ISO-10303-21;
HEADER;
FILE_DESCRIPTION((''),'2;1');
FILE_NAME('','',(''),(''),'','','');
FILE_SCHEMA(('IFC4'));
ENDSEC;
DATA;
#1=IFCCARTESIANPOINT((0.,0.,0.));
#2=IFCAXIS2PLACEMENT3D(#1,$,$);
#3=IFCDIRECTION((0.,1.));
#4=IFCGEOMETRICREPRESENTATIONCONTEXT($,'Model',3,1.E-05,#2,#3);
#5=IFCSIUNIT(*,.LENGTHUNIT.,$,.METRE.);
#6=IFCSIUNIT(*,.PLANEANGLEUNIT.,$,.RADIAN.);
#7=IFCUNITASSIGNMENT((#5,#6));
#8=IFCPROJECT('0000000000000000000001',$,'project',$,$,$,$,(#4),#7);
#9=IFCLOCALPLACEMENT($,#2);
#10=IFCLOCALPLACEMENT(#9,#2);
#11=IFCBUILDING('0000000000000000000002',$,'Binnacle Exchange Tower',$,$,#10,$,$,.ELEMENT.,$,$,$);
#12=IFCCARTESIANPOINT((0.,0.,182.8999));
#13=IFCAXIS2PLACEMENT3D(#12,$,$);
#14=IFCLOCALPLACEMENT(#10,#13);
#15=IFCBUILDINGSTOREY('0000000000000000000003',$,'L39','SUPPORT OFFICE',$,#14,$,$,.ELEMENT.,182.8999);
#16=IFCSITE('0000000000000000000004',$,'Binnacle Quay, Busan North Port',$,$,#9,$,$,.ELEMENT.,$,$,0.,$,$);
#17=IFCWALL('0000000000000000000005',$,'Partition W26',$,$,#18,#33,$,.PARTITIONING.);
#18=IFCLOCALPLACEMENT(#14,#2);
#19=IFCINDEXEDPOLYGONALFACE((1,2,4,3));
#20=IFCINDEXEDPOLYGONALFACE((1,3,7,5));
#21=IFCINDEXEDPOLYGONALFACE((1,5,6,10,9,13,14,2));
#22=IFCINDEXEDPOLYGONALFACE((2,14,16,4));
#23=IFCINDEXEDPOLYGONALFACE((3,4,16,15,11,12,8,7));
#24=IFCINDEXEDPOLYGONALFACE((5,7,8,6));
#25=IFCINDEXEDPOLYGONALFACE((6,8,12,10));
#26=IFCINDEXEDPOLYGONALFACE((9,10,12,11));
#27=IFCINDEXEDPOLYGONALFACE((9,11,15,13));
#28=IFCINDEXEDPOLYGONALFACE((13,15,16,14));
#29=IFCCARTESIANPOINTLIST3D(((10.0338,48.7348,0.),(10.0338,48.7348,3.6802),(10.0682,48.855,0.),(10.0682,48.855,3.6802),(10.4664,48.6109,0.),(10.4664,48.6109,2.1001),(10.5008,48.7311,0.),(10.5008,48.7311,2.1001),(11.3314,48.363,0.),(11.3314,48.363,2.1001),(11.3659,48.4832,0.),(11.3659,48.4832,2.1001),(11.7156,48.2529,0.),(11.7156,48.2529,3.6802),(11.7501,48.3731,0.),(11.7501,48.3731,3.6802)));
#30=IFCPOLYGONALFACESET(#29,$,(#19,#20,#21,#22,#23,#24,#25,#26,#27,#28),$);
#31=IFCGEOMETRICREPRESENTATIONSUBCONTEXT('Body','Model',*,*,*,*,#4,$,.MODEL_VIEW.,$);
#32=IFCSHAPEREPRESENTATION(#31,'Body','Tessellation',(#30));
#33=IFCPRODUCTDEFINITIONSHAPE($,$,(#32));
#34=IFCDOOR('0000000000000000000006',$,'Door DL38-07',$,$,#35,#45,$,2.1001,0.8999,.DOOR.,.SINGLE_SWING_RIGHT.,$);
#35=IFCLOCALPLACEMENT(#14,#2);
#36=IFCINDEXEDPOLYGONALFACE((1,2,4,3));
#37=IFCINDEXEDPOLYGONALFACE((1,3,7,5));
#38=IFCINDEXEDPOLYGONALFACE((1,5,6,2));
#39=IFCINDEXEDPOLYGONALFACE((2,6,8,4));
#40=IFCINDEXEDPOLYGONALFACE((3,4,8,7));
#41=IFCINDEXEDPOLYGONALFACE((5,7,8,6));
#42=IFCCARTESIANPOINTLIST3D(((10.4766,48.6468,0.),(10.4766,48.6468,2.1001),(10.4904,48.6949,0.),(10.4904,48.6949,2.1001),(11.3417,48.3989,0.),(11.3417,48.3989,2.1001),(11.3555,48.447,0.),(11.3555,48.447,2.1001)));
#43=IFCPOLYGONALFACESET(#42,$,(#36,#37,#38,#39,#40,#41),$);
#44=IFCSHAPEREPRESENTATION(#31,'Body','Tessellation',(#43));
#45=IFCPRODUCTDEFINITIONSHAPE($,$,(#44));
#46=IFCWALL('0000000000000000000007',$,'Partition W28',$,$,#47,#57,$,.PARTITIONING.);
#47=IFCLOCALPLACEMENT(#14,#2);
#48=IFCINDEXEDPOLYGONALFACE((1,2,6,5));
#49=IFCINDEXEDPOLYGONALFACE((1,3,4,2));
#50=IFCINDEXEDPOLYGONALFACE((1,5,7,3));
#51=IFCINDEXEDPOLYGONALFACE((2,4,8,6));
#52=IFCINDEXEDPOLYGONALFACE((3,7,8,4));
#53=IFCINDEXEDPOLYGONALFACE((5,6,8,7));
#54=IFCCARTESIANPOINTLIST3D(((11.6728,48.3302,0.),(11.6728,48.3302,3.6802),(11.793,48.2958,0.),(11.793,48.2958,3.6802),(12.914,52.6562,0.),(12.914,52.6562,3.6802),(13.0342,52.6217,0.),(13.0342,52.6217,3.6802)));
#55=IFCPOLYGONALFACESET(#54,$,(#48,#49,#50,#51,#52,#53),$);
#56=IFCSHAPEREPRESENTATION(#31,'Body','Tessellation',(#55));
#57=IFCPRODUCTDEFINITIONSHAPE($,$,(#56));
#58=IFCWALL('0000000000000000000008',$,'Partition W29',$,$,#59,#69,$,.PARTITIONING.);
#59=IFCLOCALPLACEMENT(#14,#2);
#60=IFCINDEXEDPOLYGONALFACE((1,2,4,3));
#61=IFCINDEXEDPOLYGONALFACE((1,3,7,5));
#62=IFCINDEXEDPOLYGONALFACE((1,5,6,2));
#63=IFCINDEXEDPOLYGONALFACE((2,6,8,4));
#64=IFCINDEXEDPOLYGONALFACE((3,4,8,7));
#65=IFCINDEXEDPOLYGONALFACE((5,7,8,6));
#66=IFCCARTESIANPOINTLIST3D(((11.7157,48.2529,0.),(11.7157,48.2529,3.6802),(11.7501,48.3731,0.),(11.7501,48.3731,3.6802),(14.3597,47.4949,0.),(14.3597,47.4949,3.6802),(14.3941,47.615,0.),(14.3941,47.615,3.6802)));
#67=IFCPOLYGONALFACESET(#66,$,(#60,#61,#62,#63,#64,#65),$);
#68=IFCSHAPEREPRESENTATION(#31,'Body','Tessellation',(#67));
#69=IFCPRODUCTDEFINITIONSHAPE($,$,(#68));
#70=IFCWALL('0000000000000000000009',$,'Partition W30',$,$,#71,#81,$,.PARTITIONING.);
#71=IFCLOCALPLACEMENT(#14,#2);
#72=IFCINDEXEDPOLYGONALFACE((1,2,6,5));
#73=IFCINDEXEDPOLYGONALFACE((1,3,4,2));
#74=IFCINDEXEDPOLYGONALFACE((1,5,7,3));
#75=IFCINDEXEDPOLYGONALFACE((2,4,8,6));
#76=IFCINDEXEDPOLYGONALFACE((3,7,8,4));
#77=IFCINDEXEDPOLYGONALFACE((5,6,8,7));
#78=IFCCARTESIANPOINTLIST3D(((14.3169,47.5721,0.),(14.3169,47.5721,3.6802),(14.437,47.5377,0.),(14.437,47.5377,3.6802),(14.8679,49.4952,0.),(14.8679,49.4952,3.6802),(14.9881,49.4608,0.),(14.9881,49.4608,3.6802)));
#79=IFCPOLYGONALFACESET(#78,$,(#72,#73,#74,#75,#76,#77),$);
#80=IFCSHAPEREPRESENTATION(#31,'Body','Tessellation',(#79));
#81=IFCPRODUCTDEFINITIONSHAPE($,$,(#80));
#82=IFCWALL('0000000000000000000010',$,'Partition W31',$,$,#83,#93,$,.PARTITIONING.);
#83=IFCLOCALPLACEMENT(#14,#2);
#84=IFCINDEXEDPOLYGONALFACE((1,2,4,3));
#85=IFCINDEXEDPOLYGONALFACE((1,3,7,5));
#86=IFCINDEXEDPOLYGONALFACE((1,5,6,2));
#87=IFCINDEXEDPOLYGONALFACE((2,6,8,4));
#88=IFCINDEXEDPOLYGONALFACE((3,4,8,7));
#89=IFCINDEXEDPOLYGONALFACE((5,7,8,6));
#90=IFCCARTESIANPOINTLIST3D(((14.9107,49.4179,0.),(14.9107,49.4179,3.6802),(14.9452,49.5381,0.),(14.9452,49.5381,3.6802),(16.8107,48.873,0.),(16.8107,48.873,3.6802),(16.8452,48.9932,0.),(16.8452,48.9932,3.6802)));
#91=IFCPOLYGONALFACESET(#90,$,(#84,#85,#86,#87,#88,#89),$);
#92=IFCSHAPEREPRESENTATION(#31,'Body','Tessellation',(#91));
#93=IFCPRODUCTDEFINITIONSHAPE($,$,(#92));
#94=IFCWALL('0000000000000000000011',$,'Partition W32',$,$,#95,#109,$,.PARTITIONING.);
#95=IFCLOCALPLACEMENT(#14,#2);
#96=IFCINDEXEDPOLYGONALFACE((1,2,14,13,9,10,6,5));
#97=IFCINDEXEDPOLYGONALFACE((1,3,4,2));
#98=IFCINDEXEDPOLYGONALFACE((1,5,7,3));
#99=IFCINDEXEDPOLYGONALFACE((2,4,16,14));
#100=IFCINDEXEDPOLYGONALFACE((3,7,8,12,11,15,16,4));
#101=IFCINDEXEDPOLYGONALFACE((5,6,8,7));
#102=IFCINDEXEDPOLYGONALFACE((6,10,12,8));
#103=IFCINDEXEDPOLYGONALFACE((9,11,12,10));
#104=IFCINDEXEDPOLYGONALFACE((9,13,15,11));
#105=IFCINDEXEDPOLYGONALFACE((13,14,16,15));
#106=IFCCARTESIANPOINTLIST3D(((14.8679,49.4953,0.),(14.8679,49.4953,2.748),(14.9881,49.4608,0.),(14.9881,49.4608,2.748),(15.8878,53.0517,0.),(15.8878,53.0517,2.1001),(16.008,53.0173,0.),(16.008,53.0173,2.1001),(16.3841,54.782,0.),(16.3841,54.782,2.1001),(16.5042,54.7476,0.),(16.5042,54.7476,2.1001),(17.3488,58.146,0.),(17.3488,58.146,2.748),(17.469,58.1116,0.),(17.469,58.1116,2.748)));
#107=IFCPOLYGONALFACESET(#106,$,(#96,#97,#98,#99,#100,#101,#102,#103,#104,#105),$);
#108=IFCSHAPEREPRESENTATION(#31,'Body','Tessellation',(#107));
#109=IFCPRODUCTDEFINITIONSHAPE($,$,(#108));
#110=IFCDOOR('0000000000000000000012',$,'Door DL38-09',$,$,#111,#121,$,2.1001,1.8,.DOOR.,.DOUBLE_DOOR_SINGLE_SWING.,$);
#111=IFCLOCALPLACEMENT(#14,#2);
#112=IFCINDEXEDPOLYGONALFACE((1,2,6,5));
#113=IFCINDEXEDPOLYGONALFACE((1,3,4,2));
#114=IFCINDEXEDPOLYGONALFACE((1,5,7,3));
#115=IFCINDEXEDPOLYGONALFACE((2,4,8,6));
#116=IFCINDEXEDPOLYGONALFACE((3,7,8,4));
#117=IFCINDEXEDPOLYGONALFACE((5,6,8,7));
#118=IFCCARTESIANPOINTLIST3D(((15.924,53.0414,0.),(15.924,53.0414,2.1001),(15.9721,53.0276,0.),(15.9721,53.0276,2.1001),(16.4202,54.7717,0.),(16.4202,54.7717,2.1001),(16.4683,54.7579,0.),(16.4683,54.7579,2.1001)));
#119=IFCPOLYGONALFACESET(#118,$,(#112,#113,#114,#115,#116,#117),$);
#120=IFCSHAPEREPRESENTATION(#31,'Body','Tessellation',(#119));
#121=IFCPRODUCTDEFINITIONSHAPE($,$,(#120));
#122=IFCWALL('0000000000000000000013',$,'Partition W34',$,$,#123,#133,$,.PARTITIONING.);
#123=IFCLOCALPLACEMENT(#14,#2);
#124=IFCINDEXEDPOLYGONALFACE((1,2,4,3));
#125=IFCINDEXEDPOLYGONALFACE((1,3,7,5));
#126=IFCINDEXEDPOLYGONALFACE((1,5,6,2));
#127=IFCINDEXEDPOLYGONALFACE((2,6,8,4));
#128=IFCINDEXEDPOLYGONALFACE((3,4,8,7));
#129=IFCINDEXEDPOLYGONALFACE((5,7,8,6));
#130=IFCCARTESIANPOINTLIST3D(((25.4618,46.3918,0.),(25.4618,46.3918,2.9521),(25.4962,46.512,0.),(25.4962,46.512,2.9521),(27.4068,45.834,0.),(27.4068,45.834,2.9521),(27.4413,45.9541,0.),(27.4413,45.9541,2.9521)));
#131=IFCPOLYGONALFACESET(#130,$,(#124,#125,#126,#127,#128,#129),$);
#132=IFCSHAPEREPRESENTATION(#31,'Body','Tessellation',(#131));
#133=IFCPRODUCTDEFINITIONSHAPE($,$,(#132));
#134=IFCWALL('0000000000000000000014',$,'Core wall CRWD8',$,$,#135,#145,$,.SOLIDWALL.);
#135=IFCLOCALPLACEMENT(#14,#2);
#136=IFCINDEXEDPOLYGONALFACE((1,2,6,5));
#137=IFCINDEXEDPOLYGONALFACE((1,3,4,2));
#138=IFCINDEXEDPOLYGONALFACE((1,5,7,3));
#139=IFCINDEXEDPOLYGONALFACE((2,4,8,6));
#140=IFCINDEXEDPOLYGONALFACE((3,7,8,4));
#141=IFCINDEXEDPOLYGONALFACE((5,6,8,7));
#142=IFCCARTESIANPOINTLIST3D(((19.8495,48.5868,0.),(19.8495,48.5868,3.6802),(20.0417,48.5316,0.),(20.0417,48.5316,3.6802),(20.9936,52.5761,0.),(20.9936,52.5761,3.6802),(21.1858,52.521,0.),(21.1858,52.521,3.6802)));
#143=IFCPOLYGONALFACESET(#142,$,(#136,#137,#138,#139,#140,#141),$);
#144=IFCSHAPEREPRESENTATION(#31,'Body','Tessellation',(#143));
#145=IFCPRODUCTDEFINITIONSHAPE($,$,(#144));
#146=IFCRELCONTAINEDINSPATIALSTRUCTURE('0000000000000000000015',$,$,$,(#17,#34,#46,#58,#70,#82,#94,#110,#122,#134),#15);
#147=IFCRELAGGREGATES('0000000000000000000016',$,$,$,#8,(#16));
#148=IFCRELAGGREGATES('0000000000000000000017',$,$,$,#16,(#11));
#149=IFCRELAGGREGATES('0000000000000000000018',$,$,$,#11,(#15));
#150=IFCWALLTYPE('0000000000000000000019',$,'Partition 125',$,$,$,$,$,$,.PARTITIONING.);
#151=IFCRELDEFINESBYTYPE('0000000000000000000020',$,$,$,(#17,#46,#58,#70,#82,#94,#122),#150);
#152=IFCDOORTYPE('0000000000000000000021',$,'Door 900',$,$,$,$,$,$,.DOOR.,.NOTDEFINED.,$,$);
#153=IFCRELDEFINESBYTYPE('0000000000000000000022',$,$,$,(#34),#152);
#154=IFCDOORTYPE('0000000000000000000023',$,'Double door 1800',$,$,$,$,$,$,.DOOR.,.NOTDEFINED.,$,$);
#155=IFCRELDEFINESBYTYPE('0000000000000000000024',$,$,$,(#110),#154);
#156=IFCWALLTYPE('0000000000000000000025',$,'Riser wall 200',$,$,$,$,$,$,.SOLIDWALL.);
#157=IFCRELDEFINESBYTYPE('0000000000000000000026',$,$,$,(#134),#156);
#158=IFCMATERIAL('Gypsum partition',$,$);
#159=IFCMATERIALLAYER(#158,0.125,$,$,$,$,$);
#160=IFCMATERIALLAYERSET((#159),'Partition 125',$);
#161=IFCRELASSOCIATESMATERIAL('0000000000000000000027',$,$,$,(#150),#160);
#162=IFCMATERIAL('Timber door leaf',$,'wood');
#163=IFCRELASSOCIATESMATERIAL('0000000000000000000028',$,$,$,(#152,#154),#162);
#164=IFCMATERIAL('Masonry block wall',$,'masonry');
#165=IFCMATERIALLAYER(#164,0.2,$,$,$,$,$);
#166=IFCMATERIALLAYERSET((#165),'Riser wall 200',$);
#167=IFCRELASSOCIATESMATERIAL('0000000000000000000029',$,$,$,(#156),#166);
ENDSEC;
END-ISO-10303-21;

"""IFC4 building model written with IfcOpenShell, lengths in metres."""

from ifc_helpers import new_model, si_unit, direction, frame, frame_2d, origin, place, context, subcontext, project, spatial, rectangle, extrude, material, layer, layer_set, type_object, element, fill, save


model = new_model("IFC4")

# Units and contexts
model_context = context("Model", 3, precision=1e-05, world=origin(), true_north=direction((0.0, 1.0)))
body_context = subcontext(model_context, "Body", "Model", "MODEL_VIEW")
ifc_project = project(units=[si_unit("LENGTHUNIT", "METRE"), si_unit("PLANEANGLEUNIT", "RADIAN")], contexts=[model_context])

# Site, building, storey
site_placement = place(None, origin())
site = spatial("IfcSite", under=ifc_project, at=site_placement, Name="Binnacle Quay, Busan North Port", CompositionType="ELEMENT", RefElevation=0.0)
building_placement = place(site_placement, origin())
building = spatial("IfcBuilding", under=site, at=building_placement, Name="Binnacle Exchange Tower", CompositionType="ELEMENT")
storey_placement = place(building_placement, frame((0.0, 0.0, 182.8999)))
storey = spatial("IfcBuildingStorey", under=building, at=storey_placement, Name="L39", Description="SUPPORT OFFICE", CompositionType="ELEMENT", Elevation=182.8999)

# Shared definitions
ifc_material_1 = material(Name="Gypsum partition")
ifc_layer_1 = layer(ifc_material_1, 0.125)
ifc_layer_set_1 = layer_set([ifc_layer_1], Name="Partition 125")
wall_type_1 = type_object("IfcWallType", Name="Partition 125", PredefinedType="PARTITIONING", material=ifc_layer_set_1)

# Wall, opening, door
wall_1_placement = place(storey_placement, frame((10.051, 48.7949, 0.0), z_axis=(0.0, 0.0, 1.0), x_axis=(0.961313, -0.275458, 0.0)))
wall_1 = element("IfcWall", 1, at=wall_1_placement, inside=storey, type_object=wall_type_1, Name="Partition W26", PredefinedType="PARTITIONING", context=body_context, shape_type="SweptSolid", body=[
    extrude(rectangle(XDim=1.7495, YDim=0.125, at=frame_2d((0.8748, 0.0))), origin(), (0.0, 0.0, 1.0), 3.6802),
])
opening_1_placement = place(wall_1_placement, frame((0.45, 0.0, 0.0)))
opening_1 = element("IfcOpeningElement", 2, at=opening_1_placement, cuts=wall_1, PredefinedType="OPENING", context=body_context, shape_type="SweptSolid", body=[
    extrude(rectangle(XDim=0.8999, YDim=2.1001, at=frame_2d((0.45, 1.05))), frame((0.0, 0.0725, 0.0), z_axis=(0.0, -1.0, 0.0), x_axis=(1.0, 0.0, 0.0)), (0.0, 0.0, 1.0), 0.145),
])
ifc_material_2 = material(Name="Timber door leaf", Category="wood")
door_type_1 = type_object("IfcDoorType", Name="Door 900", OperationType="NOTDEFINED", PredefinedType="DOOR", material=ifc_material_2)
door_1_placement = place(opening_1_placement, origin())
door_1 = element("IfcDoor", 3, at=door_1_placement, inside=storey, type_object=door_type_1, Name="Door DL38-07", OperationType="SINGLE_SWING_RIGHT", OverallHeight=2.1001, OverallWidth=0.8999, PredefinedType="DOOR", context=body_context, shape_type="SweptSolid", body=[
    extrude(rectangle(XDim=0.8999, YDim=2.1001, at=frame_2d((0.45, 1.05))), frame((0.0, 0.0249, 0.0), z_axis=(0.0, -1.0, 0.0), x_axis=(1.0, 0.0, 0.0)), (0.0, 0.0, 1.0), 0.05),
])
fill(opening_1, door_1)

# Walls
wall_2_placement = place(storey_placement, frame((11.7329, 48.313, 0.0), z_axis=(0.0, 0.0, 1.0), x_axis=(0.275796, 0.961216, 0.0)))
element("IfcWall", 4, at=wall_2_placement, inside=storey, type_object=wall_type_1, Name="Partition W28", PredefinedType="PARTITIONING", context=body_context, shape_type="SweptSolid", body=[
    extrude(rectangle(XDim=4.5005, YDim=0.125, at=frame_2d((2.2502, 0.0))), origin(), (0.0, 0.0, 1.0), 3.6802),
])
wall_3_placement = place(storey_placement, frame((11.7329, 48.313, 0.0), z_axis=(0.0, 0.0, 1.0), x_axis=(0.961272, -0.2756, 0.0)))
element("IfcWall", 5, at=wall_3_placement, inside=storey, type_object=wall_type_1, Name="Partition W29", PredefinedType="PARTITIONING", context=body_context, shape_type="SweptSolid", body=[
    extrude(rectangle(XDim=2.7505, YDim=0.125, at=frame_2d((1.3752, 0.0))), origin(), (0.0, 0.0, 1.0), 3.6802),
])
wall_4_placement = place(storey_placement, frame((14.377, 47.5549, 0.0), z_axis=(0.0, 0.0, 1.0), x_axis=(0.275446, 0.961316, 0.0)))
element("IfcWall", 6, at=wall_4_placement, inside=storey, type_object=wall_type_1, Name="Partition W30", PredefinedType="PARTITIONING", context=body_context, shape_type="SweptSolid", body=[
    extrude(rectangle(XDim=2.0005, YDim=0.125, at=frame_2d((1.0002, 0.0))), origin(), (0.0, 0.0, 1.0), 3.6802),
])
wall_5_placement = place(storey_placement, frame((14.928, 49.478, 0.0), z_axis=(0.0, 0.0, 1.0), x_axis=(0.961244, -0.2757, 0.0)))
element("IfcWall", 7, at=wall_5_placement, inside=storey, type_object=wall_type_1, Name="Partition W31", PredefinedType="PARTITIONING", context=body_context, shape_type="SweptSolid", body=[
    extrude(rectangle(XDim=1.9766, YDim=0.125, at=frame_2d((0.9883, 0.0))), origin(), (0.0, 0.0, 1.0), 3.6802),
])

# Wall, opening, door
wall_6_placement = place(storey_placement, frame((14.928, 49.478, 0.0), z_axis=(0.0, 0.0, 1.0), x_axis=(0.275674, 0.961251, 0.0)))
wall_6 = element("IfcWall", 8, at=wall_6_placement, inside=storey, type_object=wall_type_1, Name="Partition W32", PredefinedType="PARTITIONING", context=body_context, shape_type="SweptSolid", body=[
    extrude(rectangle(XDim=8.9995, YDim=0.125, at=frame_2d((4.4998, 0.0))), origin(), (0.0, 0.0, 1.0), 2.748),
])
opening_2_placement = place(wall_6_placement, frame((3.7, 0.0, 0.0)))
opening_2 = element("IfcOpeningElement", 9, at=opening_2_placement, cuts=wall_6, PredefinedType="OPENING", context=body_context, shape_type="SweptSolid", body=[
    extrude(rectangle(XDim=1.8, YDim=2.1001, at=frame_2d((0.8999, 1.05))), frame((0.0, 0.0725, 0.0), z_axis=(0.0, -1.0, 0.0), x_axis=(1.0, 0.0, 0.0)), (0.0, 0.0, 1.0), 0.145),
])
door_type_2 = type_object("IfcDoorType", Name="Double door 1800", OperationType="NOTDEFINED", PredefinedType="DOOR", material=ifc_material_2)
door_2_placement = place(opening_2_placement, origin())
door_2 = element("IfcDoor", 10, at=door_2_placement, inside=storey, type_object=door_type_2, Name="Door DL38-09", OperationType="DOUBLE_DOOR_SINGLE_SWING", OverallHeight=2.1001, OverallWidth=1.8, PredefinedType="DOOR", context=body_context, shape_type="SweptSolid", body=[
    extrude(rectangle(XDim=1.8, YDim=2.1001, at=frame_2d((0.8999, 1.05))), frame((0.0, 0.0249, 0.0), z_axis=(0.0, -1.0, 0.0), x_axis=(1.0, 0.0, 0.0)), (0.0, 0.0, 1.0), 0.05),
])
fill(opening_2, door_2)

# Walls
wall_7_placement = place(storey_placement, frame((25.479, 46.4519, 0.0), z_axis=(0.0, 0.0, 1.0), x_axis=(0.961246, -0.275693, 0.0)))
element("IfcWall", 11, at=wall_7_placement, inside=storey, type_object=wall_type_1, Name="Partition W34", PredefinedType="PARTITIONING", context=body_context, shape_type="SweptSolid", body=[
    extrude(rectangle(XDim=2.0234, YDim=0.125, at=frame_2d((1.0117, 0.0))), origin(), (0.0, 0.0, 1.0), 2.9521),
])
ifc_material_3 = material(Name="Masonry block wall", Category="masonry")
ifc_layer_2 = layer(ifc_material_3, 0.2)
ifc_layer_set_2 = layer_set([ifc_layer_2], Name="Riser wall 200")
wall_type_2 = type_object("IfcWallType", Name="Riser wall 200", PredefinedType="SOLIDWALL", material=ifc_layer_set_2)
wall_8_placement = place(storey_placement, frame((19.9456, 48.5591, 0.0), z_axis=(0.0, 0.0, 1.0), x_axis=(0.275669, 0.961253, 0.0)))
element("IfcWall", 12, at=wall_8_placement, inside=storey, type_object=wall_type_2, Name="Core wall CRWD8", PredefinedType="SOLIDWALL", context=body_context, shape_type="SweptSolid", body=[
    extrude(rectangle(XDim=4.1501, YDim=0.2, at=frame_2d((2.0752, 0.0))), origin(), (0.0, 0.0, 1.0), 3.6802),
])

save(model, "model.ifc")
